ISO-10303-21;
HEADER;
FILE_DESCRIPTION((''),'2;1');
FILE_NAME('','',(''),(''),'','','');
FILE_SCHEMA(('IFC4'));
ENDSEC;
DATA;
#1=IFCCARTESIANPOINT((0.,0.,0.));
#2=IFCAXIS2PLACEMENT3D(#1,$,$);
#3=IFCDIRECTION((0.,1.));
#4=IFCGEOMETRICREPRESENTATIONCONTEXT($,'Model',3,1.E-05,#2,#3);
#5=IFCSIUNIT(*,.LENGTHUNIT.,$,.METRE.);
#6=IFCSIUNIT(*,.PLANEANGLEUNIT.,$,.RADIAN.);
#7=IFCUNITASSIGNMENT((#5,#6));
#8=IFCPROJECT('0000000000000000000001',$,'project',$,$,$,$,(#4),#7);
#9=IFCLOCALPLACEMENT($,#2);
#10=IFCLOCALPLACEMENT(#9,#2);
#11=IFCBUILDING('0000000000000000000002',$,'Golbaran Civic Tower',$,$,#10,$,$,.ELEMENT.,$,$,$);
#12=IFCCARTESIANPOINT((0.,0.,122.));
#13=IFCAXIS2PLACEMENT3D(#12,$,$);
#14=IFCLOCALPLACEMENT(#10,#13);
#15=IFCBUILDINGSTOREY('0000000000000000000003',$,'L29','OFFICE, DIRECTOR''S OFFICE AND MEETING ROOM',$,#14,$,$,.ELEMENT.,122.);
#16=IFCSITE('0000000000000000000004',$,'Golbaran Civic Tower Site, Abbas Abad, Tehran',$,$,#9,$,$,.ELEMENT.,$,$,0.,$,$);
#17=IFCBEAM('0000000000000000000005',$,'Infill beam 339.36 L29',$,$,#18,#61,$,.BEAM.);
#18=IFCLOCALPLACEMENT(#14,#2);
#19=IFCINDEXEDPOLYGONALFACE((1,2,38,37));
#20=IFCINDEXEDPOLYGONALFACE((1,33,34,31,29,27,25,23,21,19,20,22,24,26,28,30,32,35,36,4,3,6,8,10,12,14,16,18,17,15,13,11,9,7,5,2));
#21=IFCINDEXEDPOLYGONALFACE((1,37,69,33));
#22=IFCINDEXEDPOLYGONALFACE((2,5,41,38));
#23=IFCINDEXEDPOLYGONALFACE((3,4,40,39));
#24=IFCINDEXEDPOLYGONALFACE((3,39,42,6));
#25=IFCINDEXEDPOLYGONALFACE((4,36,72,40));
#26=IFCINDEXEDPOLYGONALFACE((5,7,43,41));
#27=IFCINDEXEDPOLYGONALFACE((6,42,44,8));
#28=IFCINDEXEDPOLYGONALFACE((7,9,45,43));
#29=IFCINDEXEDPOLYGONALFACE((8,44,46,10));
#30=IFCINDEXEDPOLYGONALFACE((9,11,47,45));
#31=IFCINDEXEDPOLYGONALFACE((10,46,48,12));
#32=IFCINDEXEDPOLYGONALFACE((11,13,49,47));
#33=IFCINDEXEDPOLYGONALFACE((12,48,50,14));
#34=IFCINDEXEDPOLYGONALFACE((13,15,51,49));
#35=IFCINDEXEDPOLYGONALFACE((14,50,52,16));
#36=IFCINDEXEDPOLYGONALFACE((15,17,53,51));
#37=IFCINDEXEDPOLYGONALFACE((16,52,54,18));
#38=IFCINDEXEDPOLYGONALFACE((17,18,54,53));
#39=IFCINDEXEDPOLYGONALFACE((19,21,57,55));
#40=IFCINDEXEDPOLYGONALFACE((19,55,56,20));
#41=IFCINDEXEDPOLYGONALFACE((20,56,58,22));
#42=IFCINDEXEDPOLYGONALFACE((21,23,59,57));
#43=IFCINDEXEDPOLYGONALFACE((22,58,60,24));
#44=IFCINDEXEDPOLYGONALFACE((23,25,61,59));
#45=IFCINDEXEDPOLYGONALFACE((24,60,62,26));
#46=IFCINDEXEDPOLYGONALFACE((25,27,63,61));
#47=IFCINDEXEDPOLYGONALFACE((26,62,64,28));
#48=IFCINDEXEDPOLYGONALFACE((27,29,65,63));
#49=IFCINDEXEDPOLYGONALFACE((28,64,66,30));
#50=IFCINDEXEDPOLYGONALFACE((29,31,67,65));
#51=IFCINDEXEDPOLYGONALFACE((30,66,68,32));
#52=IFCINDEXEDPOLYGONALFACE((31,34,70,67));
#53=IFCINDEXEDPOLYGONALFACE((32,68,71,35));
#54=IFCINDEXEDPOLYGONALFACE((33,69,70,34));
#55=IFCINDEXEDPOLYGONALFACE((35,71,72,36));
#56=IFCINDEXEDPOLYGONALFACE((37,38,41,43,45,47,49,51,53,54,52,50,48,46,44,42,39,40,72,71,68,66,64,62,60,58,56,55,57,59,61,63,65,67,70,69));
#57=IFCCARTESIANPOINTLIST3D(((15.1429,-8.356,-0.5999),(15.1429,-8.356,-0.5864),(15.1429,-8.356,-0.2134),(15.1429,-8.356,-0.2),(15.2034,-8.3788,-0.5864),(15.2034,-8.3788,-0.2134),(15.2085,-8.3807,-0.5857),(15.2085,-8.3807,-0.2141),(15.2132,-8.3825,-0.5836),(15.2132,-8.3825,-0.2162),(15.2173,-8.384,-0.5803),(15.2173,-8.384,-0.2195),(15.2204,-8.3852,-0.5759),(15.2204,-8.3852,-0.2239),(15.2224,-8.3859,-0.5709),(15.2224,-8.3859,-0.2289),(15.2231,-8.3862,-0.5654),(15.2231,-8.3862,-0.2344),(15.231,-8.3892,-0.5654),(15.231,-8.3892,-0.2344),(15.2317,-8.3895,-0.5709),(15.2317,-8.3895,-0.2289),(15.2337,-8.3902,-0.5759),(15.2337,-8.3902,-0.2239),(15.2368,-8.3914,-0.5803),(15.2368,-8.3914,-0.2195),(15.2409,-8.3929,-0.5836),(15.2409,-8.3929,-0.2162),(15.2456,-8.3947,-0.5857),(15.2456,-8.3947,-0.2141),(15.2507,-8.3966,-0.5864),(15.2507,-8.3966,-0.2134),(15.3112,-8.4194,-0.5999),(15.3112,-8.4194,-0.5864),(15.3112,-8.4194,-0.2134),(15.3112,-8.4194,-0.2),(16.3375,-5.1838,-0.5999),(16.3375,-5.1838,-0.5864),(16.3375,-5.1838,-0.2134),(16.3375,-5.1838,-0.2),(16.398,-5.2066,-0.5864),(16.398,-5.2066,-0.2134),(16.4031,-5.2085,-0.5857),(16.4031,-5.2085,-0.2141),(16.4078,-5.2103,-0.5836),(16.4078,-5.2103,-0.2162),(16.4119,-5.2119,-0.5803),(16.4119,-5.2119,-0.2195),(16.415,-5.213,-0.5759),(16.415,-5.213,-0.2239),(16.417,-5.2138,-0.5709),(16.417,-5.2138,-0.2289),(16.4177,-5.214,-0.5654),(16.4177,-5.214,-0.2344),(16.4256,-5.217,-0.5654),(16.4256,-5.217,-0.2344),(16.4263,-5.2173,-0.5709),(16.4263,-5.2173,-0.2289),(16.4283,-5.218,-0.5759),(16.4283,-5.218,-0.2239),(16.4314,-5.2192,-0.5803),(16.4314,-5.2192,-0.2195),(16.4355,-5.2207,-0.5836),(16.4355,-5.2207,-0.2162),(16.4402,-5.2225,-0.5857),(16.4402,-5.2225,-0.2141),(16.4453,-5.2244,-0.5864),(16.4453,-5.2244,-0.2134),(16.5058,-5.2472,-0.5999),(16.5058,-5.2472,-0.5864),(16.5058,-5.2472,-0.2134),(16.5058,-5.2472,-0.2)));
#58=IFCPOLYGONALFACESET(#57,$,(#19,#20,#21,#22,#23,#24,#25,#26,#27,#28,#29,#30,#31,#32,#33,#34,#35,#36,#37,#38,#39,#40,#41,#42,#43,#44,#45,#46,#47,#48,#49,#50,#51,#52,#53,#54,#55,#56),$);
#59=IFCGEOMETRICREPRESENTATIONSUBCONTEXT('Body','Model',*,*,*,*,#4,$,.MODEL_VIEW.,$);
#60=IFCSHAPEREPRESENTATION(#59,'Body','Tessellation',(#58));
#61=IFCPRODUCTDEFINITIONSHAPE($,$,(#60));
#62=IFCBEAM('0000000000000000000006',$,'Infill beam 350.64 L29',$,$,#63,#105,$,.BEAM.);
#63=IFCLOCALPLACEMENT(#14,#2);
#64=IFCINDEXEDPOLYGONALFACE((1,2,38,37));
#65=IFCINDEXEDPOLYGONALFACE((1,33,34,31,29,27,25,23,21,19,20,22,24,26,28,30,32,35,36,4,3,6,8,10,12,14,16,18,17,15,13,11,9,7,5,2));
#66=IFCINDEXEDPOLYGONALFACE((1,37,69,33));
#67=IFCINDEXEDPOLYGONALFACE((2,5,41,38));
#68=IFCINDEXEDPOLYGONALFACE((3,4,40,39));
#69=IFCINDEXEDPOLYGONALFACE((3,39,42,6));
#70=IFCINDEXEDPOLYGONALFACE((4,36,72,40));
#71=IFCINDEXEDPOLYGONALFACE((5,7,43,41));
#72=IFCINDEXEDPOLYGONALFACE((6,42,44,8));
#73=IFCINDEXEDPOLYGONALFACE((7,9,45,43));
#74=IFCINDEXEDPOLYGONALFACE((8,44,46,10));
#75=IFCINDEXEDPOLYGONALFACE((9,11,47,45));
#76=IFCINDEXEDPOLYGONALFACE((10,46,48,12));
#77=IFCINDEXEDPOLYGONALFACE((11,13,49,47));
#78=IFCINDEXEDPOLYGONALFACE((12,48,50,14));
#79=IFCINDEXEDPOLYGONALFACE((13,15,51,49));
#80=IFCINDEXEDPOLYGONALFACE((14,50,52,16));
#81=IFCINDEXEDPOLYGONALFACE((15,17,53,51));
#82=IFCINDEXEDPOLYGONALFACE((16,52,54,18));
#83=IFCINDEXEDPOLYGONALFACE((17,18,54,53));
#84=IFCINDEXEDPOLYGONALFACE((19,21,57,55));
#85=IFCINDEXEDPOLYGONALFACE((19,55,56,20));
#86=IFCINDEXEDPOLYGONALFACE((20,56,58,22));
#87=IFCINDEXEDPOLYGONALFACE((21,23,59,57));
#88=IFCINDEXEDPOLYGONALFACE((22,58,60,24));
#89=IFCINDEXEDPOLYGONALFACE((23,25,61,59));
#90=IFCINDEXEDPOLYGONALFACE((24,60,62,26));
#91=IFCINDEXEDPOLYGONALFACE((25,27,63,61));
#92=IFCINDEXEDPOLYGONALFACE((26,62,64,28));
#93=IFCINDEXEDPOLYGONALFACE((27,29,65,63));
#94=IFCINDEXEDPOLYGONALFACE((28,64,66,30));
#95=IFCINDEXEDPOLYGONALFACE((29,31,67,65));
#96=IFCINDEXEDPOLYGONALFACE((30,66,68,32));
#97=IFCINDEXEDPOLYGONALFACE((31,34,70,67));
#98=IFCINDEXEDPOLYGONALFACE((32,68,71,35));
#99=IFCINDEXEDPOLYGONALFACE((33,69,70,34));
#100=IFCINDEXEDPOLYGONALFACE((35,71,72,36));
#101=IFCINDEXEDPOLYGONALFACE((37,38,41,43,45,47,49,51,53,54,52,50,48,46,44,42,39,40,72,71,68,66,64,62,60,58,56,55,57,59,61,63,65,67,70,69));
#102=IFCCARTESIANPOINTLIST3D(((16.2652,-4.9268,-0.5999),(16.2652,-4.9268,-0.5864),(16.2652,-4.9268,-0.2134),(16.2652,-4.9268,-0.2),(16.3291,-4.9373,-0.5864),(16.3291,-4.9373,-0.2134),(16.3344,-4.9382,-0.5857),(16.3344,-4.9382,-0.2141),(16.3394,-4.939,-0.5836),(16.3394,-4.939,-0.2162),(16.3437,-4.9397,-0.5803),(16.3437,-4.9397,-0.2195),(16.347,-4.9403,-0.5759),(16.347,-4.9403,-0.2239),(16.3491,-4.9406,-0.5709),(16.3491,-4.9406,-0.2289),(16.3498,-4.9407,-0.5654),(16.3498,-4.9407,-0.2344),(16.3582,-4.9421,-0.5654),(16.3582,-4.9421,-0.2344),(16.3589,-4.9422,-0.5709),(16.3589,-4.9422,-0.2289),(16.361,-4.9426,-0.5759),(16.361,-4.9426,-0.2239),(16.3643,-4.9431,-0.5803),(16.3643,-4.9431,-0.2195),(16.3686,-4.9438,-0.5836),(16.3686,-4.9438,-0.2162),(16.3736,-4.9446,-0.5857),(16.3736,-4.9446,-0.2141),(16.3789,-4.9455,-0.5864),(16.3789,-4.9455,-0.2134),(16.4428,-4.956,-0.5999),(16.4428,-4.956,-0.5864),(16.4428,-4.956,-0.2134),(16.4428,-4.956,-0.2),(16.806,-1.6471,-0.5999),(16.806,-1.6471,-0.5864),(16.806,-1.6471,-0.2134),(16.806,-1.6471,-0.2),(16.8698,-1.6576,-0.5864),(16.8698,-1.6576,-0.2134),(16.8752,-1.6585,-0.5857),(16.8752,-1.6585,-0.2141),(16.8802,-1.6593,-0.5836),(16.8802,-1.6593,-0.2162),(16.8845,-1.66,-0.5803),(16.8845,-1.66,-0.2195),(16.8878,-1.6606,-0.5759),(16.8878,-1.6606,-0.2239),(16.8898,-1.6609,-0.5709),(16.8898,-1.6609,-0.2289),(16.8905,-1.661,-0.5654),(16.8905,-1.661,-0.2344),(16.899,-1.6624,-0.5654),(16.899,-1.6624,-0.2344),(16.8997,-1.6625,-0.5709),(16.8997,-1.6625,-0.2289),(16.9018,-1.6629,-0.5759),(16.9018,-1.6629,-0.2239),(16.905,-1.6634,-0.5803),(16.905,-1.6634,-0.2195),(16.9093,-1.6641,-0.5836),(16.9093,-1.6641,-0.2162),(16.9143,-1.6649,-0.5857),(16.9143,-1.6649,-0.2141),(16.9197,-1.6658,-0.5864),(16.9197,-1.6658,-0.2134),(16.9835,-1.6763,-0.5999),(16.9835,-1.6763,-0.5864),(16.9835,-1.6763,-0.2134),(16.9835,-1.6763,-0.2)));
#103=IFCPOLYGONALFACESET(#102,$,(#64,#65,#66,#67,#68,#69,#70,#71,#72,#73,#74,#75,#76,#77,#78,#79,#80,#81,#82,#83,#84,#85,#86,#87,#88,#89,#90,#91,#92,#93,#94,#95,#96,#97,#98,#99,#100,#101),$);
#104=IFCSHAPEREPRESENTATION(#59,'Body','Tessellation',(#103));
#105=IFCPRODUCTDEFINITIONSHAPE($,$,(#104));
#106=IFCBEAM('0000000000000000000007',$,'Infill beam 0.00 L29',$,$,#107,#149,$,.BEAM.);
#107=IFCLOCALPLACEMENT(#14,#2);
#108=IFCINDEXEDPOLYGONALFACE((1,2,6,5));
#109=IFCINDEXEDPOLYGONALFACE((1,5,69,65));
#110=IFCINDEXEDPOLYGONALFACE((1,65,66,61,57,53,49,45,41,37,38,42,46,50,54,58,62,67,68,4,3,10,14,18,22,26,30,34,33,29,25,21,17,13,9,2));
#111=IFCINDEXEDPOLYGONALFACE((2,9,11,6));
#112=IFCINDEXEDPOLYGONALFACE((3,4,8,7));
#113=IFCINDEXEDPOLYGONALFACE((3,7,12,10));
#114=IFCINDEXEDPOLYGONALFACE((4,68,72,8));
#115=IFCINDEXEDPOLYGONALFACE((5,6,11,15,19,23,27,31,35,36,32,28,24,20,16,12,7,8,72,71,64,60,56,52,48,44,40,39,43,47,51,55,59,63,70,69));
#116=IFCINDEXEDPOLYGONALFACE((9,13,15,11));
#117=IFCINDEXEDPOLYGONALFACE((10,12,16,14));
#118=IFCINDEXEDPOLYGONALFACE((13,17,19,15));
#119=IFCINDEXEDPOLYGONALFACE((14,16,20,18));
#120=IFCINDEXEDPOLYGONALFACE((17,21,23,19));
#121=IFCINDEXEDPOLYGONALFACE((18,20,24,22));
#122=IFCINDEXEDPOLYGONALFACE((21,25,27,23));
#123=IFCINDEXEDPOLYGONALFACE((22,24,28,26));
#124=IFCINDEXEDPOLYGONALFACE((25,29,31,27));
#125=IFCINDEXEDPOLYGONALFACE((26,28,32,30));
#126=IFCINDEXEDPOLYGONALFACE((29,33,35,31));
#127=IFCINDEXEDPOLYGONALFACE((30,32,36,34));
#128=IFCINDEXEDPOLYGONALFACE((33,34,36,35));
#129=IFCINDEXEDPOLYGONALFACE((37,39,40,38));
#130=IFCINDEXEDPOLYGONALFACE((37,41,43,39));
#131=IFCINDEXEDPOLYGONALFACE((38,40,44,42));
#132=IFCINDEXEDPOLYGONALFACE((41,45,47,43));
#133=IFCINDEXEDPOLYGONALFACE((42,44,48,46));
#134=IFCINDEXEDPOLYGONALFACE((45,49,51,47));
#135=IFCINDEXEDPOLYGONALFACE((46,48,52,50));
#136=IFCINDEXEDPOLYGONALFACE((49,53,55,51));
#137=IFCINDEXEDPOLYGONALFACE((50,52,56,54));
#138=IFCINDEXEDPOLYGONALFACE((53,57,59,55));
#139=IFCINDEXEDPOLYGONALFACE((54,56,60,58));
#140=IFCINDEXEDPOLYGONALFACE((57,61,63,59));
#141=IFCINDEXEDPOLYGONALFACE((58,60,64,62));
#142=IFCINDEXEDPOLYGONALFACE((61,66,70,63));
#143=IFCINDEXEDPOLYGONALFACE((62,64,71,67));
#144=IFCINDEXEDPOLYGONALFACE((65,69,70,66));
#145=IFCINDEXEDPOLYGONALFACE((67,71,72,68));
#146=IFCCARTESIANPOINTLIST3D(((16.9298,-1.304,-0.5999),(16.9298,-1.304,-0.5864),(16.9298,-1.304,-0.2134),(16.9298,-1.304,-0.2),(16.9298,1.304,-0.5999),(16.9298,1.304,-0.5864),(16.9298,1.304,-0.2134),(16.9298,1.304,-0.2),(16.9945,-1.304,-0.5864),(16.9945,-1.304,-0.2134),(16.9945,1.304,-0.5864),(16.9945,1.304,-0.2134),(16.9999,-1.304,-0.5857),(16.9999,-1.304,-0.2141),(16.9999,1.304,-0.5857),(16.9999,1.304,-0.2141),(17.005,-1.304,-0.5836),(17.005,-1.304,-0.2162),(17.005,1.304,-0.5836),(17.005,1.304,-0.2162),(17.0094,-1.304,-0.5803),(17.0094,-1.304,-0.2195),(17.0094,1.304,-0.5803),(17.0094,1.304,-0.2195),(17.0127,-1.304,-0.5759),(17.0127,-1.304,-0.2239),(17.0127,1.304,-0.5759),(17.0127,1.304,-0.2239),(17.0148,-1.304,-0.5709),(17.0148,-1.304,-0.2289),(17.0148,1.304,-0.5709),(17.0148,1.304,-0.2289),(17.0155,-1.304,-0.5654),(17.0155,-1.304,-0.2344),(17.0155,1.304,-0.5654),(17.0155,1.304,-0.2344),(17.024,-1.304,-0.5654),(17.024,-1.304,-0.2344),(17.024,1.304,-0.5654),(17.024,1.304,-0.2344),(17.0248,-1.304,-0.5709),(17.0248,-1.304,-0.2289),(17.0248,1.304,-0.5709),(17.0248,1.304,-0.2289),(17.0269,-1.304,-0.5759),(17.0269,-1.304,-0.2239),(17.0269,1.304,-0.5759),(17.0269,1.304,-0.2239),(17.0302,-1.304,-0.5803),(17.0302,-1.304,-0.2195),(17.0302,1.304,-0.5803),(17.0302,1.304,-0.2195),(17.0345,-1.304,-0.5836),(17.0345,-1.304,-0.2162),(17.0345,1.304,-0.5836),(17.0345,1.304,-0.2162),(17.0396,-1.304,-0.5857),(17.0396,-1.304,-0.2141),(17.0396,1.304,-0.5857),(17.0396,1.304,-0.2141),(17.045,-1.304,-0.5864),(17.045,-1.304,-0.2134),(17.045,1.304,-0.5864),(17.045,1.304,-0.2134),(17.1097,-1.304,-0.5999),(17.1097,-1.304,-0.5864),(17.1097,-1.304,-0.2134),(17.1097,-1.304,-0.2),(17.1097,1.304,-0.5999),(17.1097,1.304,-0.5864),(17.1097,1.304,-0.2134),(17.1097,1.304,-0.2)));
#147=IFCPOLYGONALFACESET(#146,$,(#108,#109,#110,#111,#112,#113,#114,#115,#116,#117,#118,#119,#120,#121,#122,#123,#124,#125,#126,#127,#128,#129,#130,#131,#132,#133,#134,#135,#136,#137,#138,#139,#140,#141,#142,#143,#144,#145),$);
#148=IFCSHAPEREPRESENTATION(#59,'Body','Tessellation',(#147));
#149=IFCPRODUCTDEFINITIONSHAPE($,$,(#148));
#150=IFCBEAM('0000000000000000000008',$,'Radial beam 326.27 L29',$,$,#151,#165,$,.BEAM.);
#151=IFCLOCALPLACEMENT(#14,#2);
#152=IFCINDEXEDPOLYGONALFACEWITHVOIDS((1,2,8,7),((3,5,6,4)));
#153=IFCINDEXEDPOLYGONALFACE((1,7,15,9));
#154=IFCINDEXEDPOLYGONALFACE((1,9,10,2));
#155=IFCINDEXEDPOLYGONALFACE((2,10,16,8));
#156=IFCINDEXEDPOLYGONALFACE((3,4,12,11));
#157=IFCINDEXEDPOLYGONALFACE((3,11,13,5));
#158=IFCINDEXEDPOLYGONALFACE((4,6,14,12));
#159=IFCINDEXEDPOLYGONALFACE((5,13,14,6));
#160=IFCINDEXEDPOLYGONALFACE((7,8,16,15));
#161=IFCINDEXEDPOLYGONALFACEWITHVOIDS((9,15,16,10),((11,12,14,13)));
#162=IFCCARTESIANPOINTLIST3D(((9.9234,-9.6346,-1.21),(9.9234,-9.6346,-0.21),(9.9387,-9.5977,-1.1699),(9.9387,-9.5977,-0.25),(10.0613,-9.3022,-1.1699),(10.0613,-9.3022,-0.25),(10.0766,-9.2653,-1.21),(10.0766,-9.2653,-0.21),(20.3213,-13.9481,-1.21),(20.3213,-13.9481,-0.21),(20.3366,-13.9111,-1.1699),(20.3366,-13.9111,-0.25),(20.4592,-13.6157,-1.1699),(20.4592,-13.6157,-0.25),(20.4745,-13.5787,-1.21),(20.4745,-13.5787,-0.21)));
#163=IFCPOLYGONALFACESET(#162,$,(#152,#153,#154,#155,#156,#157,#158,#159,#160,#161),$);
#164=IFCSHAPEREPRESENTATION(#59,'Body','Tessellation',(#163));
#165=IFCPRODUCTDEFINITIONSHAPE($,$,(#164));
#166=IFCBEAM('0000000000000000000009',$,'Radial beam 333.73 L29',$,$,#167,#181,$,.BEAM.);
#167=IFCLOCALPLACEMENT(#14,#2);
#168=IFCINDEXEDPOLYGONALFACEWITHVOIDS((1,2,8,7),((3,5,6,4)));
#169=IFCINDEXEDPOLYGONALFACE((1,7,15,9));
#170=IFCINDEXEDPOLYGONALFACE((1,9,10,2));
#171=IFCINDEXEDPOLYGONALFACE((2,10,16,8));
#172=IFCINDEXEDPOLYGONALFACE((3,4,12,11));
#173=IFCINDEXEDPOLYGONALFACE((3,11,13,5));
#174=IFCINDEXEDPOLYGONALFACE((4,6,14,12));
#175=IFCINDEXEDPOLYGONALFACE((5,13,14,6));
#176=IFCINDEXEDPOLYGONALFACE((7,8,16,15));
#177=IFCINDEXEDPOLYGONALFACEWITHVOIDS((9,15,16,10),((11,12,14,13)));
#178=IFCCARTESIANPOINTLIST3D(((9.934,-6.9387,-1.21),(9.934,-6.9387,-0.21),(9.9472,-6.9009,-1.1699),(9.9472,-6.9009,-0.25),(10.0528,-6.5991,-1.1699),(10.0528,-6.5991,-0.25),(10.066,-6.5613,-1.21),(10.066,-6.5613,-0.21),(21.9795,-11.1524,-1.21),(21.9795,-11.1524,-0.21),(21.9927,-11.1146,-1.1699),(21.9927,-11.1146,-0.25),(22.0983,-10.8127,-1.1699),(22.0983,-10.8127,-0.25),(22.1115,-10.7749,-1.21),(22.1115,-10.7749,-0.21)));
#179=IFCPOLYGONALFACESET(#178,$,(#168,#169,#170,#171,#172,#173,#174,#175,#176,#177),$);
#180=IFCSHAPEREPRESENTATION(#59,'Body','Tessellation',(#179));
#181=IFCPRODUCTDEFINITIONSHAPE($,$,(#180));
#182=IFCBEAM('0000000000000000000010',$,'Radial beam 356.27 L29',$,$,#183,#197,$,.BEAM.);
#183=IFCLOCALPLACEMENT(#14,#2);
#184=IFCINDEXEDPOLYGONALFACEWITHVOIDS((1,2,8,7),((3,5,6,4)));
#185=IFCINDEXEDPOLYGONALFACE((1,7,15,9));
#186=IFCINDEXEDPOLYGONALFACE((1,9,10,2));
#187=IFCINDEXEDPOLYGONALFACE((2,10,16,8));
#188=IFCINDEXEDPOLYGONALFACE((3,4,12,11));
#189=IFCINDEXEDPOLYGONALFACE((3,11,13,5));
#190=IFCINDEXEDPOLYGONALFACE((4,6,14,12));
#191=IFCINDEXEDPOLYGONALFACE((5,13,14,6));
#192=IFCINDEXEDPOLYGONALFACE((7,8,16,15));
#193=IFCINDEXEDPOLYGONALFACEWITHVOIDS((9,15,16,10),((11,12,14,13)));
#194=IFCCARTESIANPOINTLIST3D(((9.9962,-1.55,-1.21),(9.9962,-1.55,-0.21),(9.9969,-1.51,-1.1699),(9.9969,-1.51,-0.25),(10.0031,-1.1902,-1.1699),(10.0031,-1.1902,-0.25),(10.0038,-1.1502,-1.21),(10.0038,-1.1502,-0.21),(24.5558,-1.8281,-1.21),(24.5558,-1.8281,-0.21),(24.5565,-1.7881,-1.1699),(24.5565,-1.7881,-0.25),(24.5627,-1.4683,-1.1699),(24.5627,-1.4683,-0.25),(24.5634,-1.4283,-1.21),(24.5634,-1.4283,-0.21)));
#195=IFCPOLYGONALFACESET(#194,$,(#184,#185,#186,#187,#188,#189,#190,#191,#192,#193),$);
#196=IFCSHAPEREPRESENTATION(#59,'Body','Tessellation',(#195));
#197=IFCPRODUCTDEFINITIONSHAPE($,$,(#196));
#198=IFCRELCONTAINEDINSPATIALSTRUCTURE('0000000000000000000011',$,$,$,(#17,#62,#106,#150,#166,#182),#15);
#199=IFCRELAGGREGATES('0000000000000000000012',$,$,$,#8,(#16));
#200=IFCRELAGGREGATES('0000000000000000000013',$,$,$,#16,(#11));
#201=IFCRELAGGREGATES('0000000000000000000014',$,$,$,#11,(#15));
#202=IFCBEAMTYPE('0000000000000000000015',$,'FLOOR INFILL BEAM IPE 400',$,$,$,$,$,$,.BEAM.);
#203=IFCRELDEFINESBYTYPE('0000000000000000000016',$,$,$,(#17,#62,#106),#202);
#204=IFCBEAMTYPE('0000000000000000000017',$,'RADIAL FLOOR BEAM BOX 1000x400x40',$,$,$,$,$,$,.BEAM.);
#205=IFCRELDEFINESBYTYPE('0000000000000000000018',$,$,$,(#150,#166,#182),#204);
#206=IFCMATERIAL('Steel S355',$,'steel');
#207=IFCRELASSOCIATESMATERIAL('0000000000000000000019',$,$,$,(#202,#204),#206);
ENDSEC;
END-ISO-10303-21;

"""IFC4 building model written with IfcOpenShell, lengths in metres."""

from ifc_helpers import new_model, si_unit, direction, frame, origin, origin_2d, place, context, subcontext, project, spatial, hollow_rectangle, i_section, extrude, material, material_profile, profile_set, type_object, element, save


model = new_model("IFC4")

# Units and contexts
model_context = context("Model", 3, precision=1e-05, world=origin(), true_north=direction((0.0, 1.0)))
body_context = subcontext(model_context, "Body", "Model", "MODEL_VIEW")
ifc_project = project(units=[si_unit("LENGTHUNIT", "METRE"), si_unit("PLANEANGLEUNIT", "RADIAN")], contexts=[model_context])

# Site, building, storey
site_placement = place(None, origin())
site = spatial("IfcSite", under=ifc_project, at=site_placement, Name="Golbaran Civic Tower Site, Abbas Abad, Tehran", CompositionType="ELEMENT", RefElevation=0.0)
building_placement = place(site_placement, origin())
building = spatial("IfcBuilding", under=site, at=building_placement, Name="Golbaran Civic Tower", CompositionType="ELEMENT")
storey_placement = place(building_placement, frame((0.0, 0.0, 122.0)))
storey = spatial("IfcBuildingStorey", under=building, at=storey_placement, Name="L29", Description="OFFICE, DIRECTOR'S OFFICE AND MEETING ROOM", CompositionType="ELEMENT", Elevation=122.0)

# Beams
ifc_material_1 = material(Name="Steel S355", Category="steel")
ifc_material_profile_1 = material_profile(ifc_material_1, i_section(OverallWidth=0.1799, OverallDepth=0.3999, WebThickness=0.0085, FlangeThickness=0.0134, FilletRadius=0.021, at=origin_2d()), Name="IPE 400")
ifc_profile_set_1 = profile_set([ifc_material_profile_1], Name="Steel S355")
beam_type_1 = type_object("IfcBeamType", Name="FLOOR INFILL BEAM IPE 400", PredefinedType="BEAM", material=ifc_profile_set_1)
beam_1_placement = place(storey_placement, frame((15.2271, -8.3877, -0.3999), z_axis=(0.352425, 0.93584, 0.0), x_axis=(-0.93584, 0.352425, 0.0)))
element("IfcBeam", 1, at=beam_1_placement, inside=storey, type_object=beam_type_1, Name="Infill beam 339.36 L29", PredefinedType="BEAM", context=body_context, shape_type="SweptSolid", body=[
    extrude(i_section(OverallWidth=0.1799, OverallDepth=0.3999, WebThickness=0.0085, FlangeThickness=0.0134, FilletRadius=0.021, at=origin_2d()), origin(), (0.0, 0.0, 1.0), 3.3896),
])
beam_2_placement = place(storey_placement, frame((16.354, -4.9414, -0.3999), z_axis=(0.162684, 0.986678, 0.0), x_axis=(-0.986678, 0.162684, 0.0)))
element("IfcBeam", 2, at=beam_2_placement, inside=storey, type_object=beam_type_1, Name="Infill beam 350.64 L29", PredefinedType="BEAM", context=body_context, shape_type="SweptSolid", body=[
    extrude(i_section(OverallWidth=0.1799, OverallDepth=0.3999, WebThickness=0.0085, FlangeThickness=0.0134, FilletRadius=0.021, at=origin_2d()), origin(), (0.0, 0.0, 1.0), 3.324),
])
beam_3_placement = place(storey_placement, frame((17.0198, -1.304, -0.3999), z_axis=(0.0, 1.0, 0.0), x_axis=(-1.0, 0.0, 0.0)))
element("IfcBeam", 3, at=beam_3_placement, inside=storey, type_object=beam_type_1, Name="Infill beam 0.00 L29", PredefinedType="BEAM", context=body_context, shape_type="SweptSolid", body=[
    extrude(i_section(OverallWidth=0.1799, OverallDepth=0.3999, WebThickness=0.0085, FlangeThickness=0.0134, FilletRadius=0.021, at=origin_2d()), origin(), (0.0, 0.0, 1.0), 2.6079),
])
ifc_material_profile_2 = material_profile(ifc_material_1, hollow_rectangle(XDim=0.3999, YDim=1.0, WallThickness=0.04, at=origin_2d()), Name="BOX 1000x400x40")
ifc_profile_set_2 = profile_set([ifc_material_profile_2], Name="Steel S355")
beam_type_2 = type_object("IfcBeamType", Name="RADIAL FLOOR BEAM BOX 1000x400x40", PredefinedType="BEAM", material=ifc_profile_set_2)
beam_4_placement = place(storey_placement, frame((10.0, -9.45, -0.71), z_axis=(0.923675, -0.383177, 0.0), x_axis=(0.383177, 0.923675, 0.0)))
element("IfcBeam", 4, at=beam_4_placement, inside=storey, type_object=beam_type_2, Name="Radial beam 326.27 L29", PredefinedType="BEAM", context=body_context, shape_type="SweptSolid", body=[
    extrude(hollow_rectangle(XDim=0.3999, YDim=1.0, WallThickness=0.04, at=origin_2d()), origin(), (0.0, 0.0, 1.0), 11.2571),
])
beam_5_placement = place(storey_placement, frame((10.0, -6.75, -0.71), z_axis=(0.943914, -0.330192, 0.0), x_axis=(0.330192, 0.943914, 0.0)))
element("IfcBeam", 5, at=beam_5_placement, inside=storey, type_object=beam_type_2, Name="Radial beam 333.73 L29", PredefinedType="BEAM", context=body_context, shape_type="SweptSolid", body=[
    extrude(hollow_rectangle(XDim=0.3999, YDim=1.0, WallThickness=0.04, at=origin_2d()), origin(), (0.0, 0.0, 1.0), 12.7612),
])
beam_6_placement = place(storey_placement, frame((10.0, -1.3501, -0.71), z_axis=(0.999818, -0.019096, 0.0), x_axis=(0.019096, 0.999818, 0.0)))
element("IfcBeam", 6, at=beam_6_placement, inside=storey, type_object=beam_type_2, Name="Radial beam 356.27 L29", PredefinedType="BEAM", context=body_context, shape_type="SweptSolid", body=[
    extrude(hollow_rectangle(XDim=0.3999, YDim=1.0, WallThickness=0.04, at=origin_2d()), origin(), (0.0, 0.0, 1.0), 14.5623),
])

save(model, "model.ifc")
